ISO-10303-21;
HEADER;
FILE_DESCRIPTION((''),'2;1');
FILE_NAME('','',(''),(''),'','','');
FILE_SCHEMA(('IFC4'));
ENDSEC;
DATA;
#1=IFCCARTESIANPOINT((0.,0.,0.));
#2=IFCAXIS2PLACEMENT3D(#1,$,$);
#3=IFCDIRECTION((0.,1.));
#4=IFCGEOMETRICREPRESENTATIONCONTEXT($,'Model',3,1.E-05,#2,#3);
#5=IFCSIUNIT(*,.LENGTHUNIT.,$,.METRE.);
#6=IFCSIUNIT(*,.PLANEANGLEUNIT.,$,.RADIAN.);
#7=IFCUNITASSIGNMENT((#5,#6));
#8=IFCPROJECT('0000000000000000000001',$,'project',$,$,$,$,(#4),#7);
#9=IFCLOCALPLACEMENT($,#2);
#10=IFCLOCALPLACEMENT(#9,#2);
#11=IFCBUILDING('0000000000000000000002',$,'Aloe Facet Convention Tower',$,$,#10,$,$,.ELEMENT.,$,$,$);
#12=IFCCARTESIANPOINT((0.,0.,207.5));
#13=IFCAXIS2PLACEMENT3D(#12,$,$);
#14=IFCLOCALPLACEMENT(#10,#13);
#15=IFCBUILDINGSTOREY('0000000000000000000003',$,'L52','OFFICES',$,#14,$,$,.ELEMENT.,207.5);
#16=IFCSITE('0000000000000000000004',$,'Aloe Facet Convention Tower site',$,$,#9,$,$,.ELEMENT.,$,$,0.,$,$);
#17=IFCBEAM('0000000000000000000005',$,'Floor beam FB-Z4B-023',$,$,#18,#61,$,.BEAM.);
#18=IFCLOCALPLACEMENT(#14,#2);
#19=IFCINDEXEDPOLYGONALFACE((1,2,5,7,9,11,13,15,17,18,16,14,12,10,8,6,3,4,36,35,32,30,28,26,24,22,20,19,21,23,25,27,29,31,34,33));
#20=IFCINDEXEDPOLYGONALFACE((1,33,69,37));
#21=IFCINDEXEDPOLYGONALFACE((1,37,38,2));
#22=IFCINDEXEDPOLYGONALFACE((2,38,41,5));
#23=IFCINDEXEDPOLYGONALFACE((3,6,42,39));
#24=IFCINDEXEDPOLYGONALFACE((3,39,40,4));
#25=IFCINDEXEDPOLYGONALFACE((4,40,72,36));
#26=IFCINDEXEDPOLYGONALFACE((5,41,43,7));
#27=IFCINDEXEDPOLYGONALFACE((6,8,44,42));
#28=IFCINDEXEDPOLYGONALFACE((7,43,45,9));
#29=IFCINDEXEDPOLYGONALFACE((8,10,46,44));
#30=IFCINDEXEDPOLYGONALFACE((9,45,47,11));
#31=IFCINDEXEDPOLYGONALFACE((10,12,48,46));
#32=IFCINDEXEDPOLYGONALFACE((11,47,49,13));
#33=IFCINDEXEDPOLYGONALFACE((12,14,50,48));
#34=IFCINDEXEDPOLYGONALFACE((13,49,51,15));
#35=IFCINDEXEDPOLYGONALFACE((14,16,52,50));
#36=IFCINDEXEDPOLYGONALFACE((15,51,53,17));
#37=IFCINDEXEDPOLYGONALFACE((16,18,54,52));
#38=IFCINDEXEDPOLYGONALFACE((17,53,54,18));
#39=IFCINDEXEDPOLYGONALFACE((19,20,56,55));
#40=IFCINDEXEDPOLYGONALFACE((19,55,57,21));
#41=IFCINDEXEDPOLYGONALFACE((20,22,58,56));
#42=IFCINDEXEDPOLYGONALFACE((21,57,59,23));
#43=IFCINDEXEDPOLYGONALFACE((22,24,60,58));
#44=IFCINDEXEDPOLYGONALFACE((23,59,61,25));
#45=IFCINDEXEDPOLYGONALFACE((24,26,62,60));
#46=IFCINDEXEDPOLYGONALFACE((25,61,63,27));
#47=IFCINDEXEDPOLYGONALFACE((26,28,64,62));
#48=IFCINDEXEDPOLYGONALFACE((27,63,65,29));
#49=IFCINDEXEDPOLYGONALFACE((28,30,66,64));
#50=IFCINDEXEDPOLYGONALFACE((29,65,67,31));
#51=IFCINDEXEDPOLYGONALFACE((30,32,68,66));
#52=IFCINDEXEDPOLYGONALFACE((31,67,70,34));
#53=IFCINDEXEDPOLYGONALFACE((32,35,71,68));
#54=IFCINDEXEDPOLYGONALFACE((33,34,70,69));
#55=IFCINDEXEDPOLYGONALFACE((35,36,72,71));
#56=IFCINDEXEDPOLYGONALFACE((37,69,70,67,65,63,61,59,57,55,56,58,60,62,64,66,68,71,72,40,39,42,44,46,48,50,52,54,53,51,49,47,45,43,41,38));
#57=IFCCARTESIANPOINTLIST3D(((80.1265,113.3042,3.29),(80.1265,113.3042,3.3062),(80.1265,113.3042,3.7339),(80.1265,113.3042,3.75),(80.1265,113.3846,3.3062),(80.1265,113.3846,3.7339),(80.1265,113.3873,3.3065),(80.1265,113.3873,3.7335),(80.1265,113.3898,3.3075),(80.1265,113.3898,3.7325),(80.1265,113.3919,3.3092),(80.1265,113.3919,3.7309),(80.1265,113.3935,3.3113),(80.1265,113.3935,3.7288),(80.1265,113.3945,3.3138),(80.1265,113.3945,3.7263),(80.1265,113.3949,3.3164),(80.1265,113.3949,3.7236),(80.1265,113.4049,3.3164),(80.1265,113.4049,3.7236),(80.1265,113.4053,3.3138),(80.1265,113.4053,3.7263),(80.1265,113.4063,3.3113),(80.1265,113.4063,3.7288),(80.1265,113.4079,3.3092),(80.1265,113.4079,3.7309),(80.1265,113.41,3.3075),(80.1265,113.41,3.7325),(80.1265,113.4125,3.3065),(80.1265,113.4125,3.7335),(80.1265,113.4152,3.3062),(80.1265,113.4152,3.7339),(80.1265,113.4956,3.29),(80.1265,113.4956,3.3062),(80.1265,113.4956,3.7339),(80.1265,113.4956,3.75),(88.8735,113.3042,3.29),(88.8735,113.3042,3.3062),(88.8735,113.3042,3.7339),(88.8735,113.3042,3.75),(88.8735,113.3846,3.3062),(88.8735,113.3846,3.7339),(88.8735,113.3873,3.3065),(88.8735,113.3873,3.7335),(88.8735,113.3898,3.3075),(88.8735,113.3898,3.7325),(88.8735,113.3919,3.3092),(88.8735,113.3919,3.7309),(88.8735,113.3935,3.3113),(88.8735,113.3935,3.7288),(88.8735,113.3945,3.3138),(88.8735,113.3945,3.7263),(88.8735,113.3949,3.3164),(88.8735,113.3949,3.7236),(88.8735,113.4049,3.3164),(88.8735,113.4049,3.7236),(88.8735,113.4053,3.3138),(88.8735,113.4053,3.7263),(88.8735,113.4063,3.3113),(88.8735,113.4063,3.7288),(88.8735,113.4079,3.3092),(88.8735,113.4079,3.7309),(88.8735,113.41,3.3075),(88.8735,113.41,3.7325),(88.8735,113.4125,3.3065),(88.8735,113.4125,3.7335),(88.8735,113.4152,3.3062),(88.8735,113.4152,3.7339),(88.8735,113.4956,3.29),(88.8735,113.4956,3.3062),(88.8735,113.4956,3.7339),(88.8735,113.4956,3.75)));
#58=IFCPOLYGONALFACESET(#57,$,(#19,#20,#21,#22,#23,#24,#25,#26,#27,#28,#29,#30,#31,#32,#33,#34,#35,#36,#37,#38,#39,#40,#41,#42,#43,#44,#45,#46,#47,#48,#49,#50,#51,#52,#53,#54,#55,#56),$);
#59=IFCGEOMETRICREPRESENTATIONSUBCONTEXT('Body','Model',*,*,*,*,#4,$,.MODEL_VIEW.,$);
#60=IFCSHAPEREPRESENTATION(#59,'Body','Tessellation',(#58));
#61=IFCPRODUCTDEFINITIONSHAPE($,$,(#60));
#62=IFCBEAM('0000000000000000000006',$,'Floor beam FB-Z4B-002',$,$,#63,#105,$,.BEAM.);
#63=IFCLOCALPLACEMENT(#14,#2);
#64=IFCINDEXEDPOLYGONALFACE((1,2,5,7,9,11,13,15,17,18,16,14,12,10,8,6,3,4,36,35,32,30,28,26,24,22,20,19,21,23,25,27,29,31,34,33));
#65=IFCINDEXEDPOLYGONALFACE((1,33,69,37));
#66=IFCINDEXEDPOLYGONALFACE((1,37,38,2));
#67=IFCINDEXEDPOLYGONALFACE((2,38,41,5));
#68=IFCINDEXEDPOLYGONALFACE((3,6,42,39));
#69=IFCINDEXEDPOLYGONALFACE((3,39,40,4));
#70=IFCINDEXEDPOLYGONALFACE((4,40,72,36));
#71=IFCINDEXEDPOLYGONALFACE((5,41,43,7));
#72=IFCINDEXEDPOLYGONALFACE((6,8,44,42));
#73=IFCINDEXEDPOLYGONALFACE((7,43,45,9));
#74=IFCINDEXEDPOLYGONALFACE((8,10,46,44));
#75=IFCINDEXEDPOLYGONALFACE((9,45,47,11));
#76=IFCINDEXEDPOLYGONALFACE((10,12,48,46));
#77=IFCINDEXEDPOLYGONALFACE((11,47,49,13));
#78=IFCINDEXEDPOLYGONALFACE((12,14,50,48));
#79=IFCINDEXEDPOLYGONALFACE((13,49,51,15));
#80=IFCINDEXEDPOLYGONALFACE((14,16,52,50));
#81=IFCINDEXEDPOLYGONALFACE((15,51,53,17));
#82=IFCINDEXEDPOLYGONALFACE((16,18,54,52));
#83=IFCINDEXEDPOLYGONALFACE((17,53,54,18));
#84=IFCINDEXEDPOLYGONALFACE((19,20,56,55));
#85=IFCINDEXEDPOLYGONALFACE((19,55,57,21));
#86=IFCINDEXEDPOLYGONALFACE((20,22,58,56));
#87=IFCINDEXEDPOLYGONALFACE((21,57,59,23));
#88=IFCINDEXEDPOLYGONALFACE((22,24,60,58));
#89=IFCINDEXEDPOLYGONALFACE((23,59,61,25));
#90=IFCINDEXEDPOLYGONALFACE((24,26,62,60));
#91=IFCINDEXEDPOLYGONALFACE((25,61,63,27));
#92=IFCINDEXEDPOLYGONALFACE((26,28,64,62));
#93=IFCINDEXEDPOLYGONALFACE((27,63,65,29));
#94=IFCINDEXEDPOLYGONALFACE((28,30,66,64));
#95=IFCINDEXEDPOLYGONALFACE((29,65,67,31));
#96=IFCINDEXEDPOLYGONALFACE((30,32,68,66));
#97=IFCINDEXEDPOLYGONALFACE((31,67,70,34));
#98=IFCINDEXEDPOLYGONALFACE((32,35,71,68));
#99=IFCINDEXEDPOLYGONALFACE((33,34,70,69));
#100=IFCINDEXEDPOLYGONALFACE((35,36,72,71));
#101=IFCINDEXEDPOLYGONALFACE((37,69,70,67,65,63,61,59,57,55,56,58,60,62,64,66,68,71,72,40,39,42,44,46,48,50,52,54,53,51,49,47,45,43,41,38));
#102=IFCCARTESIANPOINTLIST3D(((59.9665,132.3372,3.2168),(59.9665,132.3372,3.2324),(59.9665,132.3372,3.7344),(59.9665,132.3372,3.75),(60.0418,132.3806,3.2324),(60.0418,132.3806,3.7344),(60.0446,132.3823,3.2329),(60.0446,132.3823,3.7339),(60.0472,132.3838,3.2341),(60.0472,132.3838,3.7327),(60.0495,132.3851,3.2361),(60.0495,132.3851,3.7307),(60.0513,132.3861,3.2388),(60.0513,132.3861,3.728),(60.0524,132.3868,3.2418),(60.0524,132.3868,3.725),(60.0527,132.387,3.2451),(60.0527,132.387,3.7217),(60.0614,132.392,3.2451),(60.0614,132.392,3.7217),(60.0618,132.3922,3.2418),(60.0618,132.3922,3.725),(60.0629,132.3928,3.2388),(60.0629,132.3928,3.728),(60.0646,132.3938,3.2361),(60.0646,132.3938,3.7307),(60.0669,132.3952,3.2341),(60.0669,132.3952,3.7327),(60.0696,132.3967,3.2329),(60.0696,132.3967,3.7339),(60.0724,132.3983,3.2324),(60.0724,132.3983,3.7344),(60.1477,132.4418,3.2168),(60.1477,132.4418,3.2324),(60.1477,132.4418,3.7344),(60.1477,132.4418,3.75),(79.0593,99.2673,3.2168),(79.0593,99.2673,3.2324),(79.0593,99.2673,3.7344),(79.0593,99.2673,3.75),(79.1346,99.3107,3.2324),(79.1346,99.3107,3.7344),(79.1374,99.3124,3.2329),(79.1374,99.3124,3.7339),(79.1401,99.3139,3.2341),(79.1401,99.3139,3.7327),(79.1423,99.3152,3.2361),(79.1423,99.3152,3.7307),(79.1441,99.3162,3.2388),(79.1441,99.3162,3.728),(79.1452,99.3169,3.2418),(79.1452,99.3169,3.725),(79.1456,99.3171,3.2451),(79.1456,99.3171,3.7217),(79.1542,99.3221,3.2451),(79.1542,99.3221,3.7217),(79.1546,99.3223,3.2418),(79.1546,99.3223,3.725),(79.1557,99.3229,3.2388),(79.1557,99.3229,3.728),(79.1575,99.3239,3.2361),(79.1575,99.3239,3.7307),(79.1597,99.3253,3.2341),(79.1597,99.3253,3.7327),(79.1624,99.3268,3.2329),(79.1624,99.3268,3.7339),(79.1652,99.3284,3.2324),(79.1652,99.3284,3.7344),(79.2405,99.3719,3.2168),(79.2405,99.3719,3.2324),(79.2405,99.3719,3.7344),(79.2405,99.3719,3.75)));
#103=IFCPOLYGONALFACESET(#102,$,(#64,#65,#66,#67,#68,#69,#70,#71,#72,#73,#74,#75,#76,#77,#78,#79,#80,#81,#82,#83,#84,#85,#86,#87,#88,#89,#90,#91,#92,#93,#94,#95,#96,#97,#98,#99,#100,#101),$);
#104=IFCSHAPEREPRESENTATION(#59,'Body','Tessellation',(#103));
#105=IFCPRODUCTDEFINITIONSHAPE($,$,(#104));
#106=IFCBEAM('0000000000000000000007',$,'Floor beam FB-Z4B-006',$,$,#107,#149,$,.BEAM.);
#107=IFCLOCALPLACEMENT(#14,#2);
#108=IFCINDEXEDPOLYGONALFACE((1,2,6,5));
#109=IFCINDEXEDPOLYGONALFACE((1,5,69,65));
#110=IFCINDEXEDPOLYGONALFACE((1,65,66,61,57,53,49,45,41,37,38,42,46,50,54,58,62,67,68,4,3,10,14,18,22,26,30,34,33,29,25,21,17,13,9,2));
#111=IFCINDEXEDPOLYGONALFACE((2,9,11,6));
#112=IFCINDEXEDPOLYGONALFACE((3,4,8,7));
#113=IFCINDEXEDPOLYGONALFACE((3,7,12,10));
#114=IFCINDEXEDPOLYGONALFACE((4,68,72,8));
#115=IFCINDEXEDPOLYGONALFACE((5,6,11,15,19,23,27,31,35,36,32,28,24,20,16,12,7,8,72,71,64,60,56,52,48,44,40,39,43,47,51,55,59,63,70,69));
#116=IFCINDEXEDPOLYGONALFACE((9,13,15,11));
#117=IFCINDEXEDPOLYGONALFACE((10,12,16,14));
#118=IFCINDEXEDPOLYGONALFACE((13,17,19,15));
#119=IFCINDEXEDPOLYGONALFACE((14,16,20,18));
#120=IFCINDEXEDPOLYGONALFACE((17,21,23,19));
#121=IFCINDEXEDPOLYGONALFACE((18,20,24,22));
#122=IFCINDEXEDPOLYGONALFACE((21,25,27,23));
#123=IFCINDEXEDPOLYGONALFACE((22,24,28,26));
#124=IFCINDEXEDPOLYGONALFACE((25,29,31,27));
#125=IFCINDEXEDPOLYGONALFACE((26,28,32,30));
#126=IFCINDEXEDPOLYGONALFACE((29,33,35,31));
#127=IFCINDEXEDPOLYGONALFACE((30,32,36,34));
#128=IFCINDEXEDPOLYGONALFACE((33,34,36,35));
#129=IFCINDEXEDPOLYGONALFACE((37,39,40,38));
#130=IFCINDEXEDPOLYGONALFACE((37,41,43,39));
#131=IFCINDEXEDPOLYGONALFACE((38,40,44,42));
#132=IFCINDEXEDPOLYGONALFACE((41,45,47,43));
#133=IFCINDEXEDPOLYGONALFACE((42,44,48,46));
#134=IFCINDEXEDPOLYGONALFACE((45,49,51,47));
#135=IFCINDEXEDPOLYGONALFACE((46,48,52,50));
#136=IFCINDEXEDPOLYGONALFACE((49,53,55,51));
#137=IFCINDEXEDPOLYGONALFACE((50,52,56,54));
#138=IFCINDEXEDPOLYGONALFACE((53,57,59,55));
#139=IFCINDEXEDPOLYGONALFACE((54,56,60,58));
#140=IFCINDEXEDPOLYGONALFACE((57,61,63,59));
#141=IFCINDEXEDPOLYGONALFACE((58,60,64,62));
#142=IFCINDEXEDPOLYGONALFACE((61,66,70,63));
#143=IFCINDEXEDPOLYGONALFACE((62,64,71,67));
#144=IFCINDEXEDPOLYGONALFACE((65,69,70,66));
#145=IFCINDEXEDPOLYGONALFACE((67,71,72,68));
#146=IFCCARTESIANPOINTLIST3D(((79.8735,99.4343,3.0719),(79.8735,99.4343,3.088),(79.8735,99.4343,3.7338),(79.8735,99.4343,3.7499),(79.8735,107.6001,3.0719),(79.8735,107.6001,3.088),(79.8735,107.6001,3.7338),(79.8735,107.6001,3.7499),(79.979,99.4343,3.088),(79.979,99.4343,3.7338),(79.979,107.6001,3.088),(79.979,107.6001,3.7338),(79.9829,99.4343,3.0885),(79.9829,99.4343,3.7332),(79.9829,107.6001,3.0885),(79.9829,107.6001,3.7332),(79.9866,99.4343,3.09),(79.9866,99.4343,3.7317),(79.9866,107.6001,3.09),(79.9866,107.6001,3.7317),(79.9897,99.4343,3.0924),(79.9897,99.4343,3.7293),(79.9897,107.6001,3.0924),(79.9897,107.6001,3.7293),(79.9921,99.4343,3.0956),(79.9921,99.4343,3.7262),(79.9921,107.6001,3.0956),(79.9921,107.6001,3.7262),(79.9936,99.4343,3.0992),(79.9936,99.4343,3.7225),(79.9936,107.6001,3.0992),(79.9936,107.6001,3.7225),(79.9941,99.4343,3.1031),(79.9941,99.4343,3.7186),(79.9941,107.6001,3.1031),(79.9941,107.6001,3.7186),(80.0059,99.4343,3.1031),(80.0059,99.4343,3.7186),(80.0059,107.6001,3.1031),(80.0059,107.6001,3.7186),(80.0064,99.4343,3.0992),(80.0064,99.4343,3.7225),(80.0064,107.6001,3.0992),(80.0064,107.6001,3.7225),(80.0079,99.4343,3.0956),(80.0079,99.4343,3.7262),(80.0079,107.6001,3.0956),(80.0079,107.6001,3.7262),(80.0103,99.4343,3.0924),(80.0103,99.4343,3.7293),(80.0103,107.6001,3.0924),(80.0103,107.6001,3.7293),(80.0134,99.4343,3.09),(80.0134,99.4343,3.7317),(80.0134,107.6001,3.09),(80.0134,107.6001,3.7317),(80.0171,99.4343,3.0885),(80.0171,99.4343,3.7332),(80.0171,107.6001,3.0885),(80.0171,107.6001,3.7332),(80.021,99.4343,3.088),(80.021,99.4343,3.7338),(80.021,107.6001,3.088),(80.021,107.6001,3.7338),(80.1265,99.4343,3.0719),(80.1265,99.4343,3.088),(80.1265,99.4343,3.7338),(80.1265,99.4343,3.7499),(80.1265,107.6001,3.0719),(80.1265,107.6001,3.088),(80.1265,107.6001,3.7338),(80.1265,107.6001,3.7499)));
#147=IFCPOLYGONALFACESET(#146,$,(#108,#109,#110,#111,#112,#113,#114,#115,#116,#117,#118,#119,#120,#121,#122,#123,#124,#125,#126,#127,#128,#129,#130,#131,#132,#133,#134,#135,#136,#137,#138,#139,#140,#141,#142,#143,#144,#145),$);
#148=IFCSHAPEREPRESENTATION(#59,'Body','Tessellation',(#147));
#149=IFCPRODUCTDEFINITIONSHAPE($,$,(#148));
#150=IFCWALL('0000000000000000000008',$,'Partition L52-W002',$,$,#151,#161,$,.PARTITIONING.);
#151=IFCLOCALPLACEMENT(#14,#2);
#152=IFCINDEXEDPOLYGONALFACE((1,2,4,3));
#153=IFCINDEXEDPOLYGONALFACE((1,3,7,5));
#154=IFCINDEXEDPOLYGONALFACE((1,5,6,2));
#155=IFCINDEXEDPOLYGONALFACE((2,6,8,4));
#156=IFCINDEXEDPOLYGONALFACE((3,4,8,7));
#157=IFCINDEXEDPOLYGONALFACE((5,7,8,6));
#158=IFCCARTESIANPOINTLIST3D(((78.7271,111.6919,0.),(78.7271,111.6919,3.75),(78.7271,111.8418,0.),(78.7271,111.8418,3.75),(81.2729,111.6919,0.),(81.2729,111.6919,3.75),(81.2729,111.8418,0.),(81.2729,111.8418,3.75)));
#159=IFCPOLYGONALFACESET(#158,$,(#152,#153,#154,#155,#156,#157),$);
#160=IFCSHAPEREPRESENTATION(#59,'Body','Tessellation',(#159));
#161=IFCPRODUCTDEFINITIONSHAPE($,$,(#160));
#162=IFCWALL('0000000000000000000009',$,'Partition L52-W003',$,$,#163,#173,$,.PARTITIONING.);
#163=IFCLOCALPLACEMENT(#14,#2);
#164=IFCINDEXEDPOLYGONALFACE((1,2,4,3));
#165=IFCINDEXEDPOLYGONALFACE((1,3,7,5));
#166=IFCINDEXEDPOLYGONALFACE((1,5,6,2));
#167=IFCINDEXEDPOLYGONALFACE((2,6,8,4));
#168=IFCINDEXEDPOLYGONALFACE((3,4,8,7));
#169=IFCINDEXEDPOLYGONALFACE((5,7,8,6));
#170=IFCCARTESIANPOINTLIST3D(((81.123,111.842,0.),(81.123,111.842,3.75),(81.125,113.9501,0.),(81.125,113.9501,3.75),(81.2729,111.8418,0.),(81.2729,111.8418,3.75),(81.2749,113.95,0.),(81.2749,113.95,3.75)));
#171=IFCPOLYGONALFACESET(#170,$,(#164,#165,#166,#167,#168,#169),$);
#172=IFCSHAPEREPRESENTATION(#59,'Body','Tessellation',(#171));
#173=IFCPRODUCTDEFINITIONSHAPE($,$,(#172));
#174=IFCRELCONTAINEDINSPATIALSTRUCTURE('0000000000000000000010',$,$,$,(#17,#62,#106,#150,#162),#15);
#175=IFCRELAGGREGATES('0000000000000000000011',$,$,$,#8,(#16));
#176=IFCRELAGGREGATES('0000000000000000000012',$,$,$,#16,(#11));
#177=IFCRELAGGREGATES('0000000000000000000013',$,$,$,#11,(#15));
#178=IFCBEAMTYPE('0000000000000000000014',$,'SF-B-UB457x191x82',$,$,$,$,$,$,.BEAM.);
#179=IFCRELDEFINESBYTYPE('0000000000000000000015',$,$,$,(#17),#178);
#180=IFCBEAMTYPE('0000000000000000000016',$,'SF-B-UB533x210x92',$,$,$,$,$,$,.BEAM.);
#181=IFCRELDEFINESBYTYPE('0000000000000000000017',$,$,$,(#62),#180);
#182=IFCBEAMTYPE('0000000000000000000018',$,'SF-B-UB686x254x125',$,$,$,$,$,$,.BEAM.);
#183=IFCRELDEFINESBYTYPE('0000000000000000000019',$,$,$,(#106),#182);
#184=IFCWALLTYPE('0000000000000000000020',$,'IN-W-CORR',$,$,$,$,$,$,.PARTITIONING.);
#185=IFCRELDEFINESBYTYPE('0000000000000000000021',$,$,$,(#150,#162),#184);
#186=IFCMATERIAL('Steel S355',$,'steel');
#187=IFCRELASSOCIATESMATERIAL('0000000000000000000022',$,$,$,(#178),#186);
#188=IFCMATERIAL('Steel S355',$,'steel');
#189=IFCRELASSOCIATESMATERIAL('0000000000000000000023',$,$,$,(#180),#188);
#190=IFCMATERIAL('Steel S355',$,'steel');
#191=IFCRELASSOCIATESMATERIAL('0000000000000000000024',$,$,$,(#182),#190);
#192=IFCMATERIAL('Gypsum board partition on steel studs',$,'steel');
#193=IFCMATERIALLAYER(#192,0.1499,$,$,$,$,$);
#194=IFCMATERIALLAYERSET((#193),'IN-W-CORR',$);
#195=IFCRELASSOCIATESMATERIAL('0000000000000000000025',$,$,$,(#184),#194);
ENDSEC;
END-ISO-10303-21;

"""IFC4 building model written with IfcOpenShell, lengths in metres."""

from ifc_helpers import new_model, si_unit, direction, frame, frame_2d, origin, origin_2d, place, context, subcontext, project, spatial, rectangle, i_section, extrude, material, layer, layer_set, material_profile, profile_set, type_object, element, save


model = new_model("IFC4")

# Units and contexts
model_context = context("Model", 3, precision=1e-05, world=origin(), true_north=direction((0.0, 1.0)))
body_context = subcontext(model_context, "Body", "Model", "MODEL_VIEW")
ifc_project = project(units=[si_unit("LENGTHUNIT", "METRE"), si_unit("PLANEANGLEUNIT", "RADIAN")], contexts=[model_context])

# Site, building, storey
site_placement = place(None, origin())
site = spatial("IfcSite", under=ifc_project, at=site_placement, Name="Aloe Facet Convention Tower site", CompositionType="ELEMENT", RefElevation=0.0)
building_placement = place(site_placement, origin())
building = spatial("IfcBuilding", under=site, at=building_placement, Name="Aloe Facet Convention Tower", CompositionType="ELEMENT")
storey_placement = place(building_placement, frame((0.0, 0.0, 207.5)))
storey = spatial("IfcBuildingStorey", under=building, at=storey_placement, Name="L52", Description="OFFICES", CompositionType="ELEMENT", Elevation=207.5)

# Beams
ifc_material_1 = material(Name="Steel S355", Category="steel")
ifc_material_profile_1 = material_profile(ifc_material_1, i_section(OverallWidth=0.1914, OverallDepth=0.46, WebThickness=0.01, FlangeThickness=0.0161, FilletRadius=0.0103, at=origin_2d()), Name="UB 457x191x82")
ifc_profile_set_1 = profile_set([ifc_material_profile_1], Name="Steel S355")
beam_type_1 = type_object("IfcBeamType", Name="SF-B-UB457x191x82", PredefinedType="BEAM", material=ifc_profile_set_1)
beam_1_placement = place(storey_placement, frame((80.1265, 113.3999, 3.52), z_axis=(1.0, 0.0, 0.0), x_axis=(0.0, 1.0, 0.0)))
element("IfcBeam", 1, at=beam_1_placement, inside=storey, type_object=beam_type_1, Name="Floor beam FB-Z4B-023", PredefinedType="BEAM", context=body_context, shape_type="SweptSolid", body=[
    extrude(i_section(OverallWidth=0.1914, OverallDepth=0.46, WebThickness=0.01, FlangeThickness=0.0161, FilletRadius=0.0103, at=origin_2d()), origin(), (0.0, 0.0, 1.0), 8.7471),
])
ifc_material_2 = material(Name="Steel S355", Category="steel")
ifc_material_profile_2 = material_profile(ifc_material_2, i_section(OverallWidth=0.2092, OverallDepth=0.5332, WebThickness=0.01, FlangeThickness=0.0156, FilletRadius=0.0127, at=origin_2d()), Name="UB 533x210x92")
ifc_profile_set_2 = profile_set([ifc_material_profile_2], Name="Steel S355")
beam_type_2 = type_object("IfcBeamType", Name="SF-B-UB533x210x92", PredefinedType="BEAM", material=ifc_profile_set_2)
beam_2_placement = place(storey_placement, frame((79.1499, 99.3196, 3.4834), z_axis=(-0.499998, 0.866027, 0.0), x_axis=(-0.866027, -0.499998, 0.0)))
element("IfcBeam", 2, at=beam_2_placement, inside=storey, type_object=beam_type_2, Name="Floor beam FB-Z4B-002", PredefinedType="BEAM", context=body_context, shape_type="SweptSolid", body=[
    extrude(i_section(OverallWidth=0.2092, OverallDepth=0.5332, WebThickness=0.01, FlangeThickness=0.0156, FilletRadius=0.0127, at=origin_2d()), origin(), (0.0, 0.0, 1.0), 38.1858),
])
ifc_material_3 = material(Name="Steel S355", Category="steel")
ifc_material_profile_3 = material_profile(ifc_material_3, i_section(OverallWidth=0.2529, OverallDepth=0.678, WebThickness=0.0117, FlangeThickness=0.0161, FilletRadius=0.0151, at=origin_2d()), Name="UB 686x254x125")
ifc_profile_set_3 = profile_set([ifc_material_profile_3], Name="Steel S355")
beam_type_3 = type_object("IfcBeamType", Name="SF-B-UB686x254x125", PredefinedType="BEAM", material=ifc_profile_set_3)
beam_3_placement = place(storey_placement, frame((80.0, 107.6001, 3.4109), z_axis=(0.0, -1.0, 0.0), x_axis=(1.0, 0.0, 0.0)))
element("IfcBeam", 3, at=beam_3_placement, inside=storey, type_object=beam_type_3, Name="Floor beam FB-Z4B-006", PredefinedType="BEAM", context=body_context, shape_type="SweptSolid", body=[
    extrude(i_section(OverallWidth=0.2529, OverallDepth=0.678, WebThickness=0.0117, FlangeThickness=0.0161, FilletRadius=0.0151, at=origin_2d()), origin(), (0.0, 0.0, 1.0), 8.1658),
])

# Walls
ifc_material_4 = material(Name="Gypsum board partition on steel studs", Category="steel")
ifc_layer_1 = layer(ifc_material_4, 0.1499)
ifc_layer_set_1 = layer_set([ifc_layer_1], Name="IN-W-CORR")
wall_type_1 = type_object("IfcWallType", Name="IN-W-CORR", PredefinedType="PARTITIONING", material=ifc_layer_set_1)
wall_1_placement = place(storey_placement, frame((78.7271, 111.7668, 0.0), z_axis=(0.0, 0.0, 1.0), x_axis=(1.0, 0.0, 0.0)))
element("IfcWall", 4, at=wall_1_placement, inside=storey, type_object=wall_type_1, Name="Partition L52-W002", PredefinedType="PARTITIONING", context=body_context, shape_type="SweptSolid", body=[
    extrude(rectangle(XDim=2.5459, YDim=0.1499, at=frame_2d((1.2729, 0.0))), origin(), (0.0, 0.0, 1.0), 3.75),
])
wall_2_placement = place(storey_placement, frame((81.198, 111.8418, 0.0), z_axis=(0.0, 0.0, 1.0), x_axis=(0.000926, 1.0, 0.0)))
element("IfcWall", 5, at=wall_2_placement, inside=storey, type_object=wall_type_1, Name="Partition L52-W003", PredefinedType="PARTITIONING", context=body_context, shape_type="SweptSolid", body=[
    extrude(rectangle(XDim=2.1082, YDim=0.1499, at=frame_2d((1.0542, 0.0))), origin(), (0.0, 0.0, 1.0), 3.75),
])

save(model, "model.ifc")
